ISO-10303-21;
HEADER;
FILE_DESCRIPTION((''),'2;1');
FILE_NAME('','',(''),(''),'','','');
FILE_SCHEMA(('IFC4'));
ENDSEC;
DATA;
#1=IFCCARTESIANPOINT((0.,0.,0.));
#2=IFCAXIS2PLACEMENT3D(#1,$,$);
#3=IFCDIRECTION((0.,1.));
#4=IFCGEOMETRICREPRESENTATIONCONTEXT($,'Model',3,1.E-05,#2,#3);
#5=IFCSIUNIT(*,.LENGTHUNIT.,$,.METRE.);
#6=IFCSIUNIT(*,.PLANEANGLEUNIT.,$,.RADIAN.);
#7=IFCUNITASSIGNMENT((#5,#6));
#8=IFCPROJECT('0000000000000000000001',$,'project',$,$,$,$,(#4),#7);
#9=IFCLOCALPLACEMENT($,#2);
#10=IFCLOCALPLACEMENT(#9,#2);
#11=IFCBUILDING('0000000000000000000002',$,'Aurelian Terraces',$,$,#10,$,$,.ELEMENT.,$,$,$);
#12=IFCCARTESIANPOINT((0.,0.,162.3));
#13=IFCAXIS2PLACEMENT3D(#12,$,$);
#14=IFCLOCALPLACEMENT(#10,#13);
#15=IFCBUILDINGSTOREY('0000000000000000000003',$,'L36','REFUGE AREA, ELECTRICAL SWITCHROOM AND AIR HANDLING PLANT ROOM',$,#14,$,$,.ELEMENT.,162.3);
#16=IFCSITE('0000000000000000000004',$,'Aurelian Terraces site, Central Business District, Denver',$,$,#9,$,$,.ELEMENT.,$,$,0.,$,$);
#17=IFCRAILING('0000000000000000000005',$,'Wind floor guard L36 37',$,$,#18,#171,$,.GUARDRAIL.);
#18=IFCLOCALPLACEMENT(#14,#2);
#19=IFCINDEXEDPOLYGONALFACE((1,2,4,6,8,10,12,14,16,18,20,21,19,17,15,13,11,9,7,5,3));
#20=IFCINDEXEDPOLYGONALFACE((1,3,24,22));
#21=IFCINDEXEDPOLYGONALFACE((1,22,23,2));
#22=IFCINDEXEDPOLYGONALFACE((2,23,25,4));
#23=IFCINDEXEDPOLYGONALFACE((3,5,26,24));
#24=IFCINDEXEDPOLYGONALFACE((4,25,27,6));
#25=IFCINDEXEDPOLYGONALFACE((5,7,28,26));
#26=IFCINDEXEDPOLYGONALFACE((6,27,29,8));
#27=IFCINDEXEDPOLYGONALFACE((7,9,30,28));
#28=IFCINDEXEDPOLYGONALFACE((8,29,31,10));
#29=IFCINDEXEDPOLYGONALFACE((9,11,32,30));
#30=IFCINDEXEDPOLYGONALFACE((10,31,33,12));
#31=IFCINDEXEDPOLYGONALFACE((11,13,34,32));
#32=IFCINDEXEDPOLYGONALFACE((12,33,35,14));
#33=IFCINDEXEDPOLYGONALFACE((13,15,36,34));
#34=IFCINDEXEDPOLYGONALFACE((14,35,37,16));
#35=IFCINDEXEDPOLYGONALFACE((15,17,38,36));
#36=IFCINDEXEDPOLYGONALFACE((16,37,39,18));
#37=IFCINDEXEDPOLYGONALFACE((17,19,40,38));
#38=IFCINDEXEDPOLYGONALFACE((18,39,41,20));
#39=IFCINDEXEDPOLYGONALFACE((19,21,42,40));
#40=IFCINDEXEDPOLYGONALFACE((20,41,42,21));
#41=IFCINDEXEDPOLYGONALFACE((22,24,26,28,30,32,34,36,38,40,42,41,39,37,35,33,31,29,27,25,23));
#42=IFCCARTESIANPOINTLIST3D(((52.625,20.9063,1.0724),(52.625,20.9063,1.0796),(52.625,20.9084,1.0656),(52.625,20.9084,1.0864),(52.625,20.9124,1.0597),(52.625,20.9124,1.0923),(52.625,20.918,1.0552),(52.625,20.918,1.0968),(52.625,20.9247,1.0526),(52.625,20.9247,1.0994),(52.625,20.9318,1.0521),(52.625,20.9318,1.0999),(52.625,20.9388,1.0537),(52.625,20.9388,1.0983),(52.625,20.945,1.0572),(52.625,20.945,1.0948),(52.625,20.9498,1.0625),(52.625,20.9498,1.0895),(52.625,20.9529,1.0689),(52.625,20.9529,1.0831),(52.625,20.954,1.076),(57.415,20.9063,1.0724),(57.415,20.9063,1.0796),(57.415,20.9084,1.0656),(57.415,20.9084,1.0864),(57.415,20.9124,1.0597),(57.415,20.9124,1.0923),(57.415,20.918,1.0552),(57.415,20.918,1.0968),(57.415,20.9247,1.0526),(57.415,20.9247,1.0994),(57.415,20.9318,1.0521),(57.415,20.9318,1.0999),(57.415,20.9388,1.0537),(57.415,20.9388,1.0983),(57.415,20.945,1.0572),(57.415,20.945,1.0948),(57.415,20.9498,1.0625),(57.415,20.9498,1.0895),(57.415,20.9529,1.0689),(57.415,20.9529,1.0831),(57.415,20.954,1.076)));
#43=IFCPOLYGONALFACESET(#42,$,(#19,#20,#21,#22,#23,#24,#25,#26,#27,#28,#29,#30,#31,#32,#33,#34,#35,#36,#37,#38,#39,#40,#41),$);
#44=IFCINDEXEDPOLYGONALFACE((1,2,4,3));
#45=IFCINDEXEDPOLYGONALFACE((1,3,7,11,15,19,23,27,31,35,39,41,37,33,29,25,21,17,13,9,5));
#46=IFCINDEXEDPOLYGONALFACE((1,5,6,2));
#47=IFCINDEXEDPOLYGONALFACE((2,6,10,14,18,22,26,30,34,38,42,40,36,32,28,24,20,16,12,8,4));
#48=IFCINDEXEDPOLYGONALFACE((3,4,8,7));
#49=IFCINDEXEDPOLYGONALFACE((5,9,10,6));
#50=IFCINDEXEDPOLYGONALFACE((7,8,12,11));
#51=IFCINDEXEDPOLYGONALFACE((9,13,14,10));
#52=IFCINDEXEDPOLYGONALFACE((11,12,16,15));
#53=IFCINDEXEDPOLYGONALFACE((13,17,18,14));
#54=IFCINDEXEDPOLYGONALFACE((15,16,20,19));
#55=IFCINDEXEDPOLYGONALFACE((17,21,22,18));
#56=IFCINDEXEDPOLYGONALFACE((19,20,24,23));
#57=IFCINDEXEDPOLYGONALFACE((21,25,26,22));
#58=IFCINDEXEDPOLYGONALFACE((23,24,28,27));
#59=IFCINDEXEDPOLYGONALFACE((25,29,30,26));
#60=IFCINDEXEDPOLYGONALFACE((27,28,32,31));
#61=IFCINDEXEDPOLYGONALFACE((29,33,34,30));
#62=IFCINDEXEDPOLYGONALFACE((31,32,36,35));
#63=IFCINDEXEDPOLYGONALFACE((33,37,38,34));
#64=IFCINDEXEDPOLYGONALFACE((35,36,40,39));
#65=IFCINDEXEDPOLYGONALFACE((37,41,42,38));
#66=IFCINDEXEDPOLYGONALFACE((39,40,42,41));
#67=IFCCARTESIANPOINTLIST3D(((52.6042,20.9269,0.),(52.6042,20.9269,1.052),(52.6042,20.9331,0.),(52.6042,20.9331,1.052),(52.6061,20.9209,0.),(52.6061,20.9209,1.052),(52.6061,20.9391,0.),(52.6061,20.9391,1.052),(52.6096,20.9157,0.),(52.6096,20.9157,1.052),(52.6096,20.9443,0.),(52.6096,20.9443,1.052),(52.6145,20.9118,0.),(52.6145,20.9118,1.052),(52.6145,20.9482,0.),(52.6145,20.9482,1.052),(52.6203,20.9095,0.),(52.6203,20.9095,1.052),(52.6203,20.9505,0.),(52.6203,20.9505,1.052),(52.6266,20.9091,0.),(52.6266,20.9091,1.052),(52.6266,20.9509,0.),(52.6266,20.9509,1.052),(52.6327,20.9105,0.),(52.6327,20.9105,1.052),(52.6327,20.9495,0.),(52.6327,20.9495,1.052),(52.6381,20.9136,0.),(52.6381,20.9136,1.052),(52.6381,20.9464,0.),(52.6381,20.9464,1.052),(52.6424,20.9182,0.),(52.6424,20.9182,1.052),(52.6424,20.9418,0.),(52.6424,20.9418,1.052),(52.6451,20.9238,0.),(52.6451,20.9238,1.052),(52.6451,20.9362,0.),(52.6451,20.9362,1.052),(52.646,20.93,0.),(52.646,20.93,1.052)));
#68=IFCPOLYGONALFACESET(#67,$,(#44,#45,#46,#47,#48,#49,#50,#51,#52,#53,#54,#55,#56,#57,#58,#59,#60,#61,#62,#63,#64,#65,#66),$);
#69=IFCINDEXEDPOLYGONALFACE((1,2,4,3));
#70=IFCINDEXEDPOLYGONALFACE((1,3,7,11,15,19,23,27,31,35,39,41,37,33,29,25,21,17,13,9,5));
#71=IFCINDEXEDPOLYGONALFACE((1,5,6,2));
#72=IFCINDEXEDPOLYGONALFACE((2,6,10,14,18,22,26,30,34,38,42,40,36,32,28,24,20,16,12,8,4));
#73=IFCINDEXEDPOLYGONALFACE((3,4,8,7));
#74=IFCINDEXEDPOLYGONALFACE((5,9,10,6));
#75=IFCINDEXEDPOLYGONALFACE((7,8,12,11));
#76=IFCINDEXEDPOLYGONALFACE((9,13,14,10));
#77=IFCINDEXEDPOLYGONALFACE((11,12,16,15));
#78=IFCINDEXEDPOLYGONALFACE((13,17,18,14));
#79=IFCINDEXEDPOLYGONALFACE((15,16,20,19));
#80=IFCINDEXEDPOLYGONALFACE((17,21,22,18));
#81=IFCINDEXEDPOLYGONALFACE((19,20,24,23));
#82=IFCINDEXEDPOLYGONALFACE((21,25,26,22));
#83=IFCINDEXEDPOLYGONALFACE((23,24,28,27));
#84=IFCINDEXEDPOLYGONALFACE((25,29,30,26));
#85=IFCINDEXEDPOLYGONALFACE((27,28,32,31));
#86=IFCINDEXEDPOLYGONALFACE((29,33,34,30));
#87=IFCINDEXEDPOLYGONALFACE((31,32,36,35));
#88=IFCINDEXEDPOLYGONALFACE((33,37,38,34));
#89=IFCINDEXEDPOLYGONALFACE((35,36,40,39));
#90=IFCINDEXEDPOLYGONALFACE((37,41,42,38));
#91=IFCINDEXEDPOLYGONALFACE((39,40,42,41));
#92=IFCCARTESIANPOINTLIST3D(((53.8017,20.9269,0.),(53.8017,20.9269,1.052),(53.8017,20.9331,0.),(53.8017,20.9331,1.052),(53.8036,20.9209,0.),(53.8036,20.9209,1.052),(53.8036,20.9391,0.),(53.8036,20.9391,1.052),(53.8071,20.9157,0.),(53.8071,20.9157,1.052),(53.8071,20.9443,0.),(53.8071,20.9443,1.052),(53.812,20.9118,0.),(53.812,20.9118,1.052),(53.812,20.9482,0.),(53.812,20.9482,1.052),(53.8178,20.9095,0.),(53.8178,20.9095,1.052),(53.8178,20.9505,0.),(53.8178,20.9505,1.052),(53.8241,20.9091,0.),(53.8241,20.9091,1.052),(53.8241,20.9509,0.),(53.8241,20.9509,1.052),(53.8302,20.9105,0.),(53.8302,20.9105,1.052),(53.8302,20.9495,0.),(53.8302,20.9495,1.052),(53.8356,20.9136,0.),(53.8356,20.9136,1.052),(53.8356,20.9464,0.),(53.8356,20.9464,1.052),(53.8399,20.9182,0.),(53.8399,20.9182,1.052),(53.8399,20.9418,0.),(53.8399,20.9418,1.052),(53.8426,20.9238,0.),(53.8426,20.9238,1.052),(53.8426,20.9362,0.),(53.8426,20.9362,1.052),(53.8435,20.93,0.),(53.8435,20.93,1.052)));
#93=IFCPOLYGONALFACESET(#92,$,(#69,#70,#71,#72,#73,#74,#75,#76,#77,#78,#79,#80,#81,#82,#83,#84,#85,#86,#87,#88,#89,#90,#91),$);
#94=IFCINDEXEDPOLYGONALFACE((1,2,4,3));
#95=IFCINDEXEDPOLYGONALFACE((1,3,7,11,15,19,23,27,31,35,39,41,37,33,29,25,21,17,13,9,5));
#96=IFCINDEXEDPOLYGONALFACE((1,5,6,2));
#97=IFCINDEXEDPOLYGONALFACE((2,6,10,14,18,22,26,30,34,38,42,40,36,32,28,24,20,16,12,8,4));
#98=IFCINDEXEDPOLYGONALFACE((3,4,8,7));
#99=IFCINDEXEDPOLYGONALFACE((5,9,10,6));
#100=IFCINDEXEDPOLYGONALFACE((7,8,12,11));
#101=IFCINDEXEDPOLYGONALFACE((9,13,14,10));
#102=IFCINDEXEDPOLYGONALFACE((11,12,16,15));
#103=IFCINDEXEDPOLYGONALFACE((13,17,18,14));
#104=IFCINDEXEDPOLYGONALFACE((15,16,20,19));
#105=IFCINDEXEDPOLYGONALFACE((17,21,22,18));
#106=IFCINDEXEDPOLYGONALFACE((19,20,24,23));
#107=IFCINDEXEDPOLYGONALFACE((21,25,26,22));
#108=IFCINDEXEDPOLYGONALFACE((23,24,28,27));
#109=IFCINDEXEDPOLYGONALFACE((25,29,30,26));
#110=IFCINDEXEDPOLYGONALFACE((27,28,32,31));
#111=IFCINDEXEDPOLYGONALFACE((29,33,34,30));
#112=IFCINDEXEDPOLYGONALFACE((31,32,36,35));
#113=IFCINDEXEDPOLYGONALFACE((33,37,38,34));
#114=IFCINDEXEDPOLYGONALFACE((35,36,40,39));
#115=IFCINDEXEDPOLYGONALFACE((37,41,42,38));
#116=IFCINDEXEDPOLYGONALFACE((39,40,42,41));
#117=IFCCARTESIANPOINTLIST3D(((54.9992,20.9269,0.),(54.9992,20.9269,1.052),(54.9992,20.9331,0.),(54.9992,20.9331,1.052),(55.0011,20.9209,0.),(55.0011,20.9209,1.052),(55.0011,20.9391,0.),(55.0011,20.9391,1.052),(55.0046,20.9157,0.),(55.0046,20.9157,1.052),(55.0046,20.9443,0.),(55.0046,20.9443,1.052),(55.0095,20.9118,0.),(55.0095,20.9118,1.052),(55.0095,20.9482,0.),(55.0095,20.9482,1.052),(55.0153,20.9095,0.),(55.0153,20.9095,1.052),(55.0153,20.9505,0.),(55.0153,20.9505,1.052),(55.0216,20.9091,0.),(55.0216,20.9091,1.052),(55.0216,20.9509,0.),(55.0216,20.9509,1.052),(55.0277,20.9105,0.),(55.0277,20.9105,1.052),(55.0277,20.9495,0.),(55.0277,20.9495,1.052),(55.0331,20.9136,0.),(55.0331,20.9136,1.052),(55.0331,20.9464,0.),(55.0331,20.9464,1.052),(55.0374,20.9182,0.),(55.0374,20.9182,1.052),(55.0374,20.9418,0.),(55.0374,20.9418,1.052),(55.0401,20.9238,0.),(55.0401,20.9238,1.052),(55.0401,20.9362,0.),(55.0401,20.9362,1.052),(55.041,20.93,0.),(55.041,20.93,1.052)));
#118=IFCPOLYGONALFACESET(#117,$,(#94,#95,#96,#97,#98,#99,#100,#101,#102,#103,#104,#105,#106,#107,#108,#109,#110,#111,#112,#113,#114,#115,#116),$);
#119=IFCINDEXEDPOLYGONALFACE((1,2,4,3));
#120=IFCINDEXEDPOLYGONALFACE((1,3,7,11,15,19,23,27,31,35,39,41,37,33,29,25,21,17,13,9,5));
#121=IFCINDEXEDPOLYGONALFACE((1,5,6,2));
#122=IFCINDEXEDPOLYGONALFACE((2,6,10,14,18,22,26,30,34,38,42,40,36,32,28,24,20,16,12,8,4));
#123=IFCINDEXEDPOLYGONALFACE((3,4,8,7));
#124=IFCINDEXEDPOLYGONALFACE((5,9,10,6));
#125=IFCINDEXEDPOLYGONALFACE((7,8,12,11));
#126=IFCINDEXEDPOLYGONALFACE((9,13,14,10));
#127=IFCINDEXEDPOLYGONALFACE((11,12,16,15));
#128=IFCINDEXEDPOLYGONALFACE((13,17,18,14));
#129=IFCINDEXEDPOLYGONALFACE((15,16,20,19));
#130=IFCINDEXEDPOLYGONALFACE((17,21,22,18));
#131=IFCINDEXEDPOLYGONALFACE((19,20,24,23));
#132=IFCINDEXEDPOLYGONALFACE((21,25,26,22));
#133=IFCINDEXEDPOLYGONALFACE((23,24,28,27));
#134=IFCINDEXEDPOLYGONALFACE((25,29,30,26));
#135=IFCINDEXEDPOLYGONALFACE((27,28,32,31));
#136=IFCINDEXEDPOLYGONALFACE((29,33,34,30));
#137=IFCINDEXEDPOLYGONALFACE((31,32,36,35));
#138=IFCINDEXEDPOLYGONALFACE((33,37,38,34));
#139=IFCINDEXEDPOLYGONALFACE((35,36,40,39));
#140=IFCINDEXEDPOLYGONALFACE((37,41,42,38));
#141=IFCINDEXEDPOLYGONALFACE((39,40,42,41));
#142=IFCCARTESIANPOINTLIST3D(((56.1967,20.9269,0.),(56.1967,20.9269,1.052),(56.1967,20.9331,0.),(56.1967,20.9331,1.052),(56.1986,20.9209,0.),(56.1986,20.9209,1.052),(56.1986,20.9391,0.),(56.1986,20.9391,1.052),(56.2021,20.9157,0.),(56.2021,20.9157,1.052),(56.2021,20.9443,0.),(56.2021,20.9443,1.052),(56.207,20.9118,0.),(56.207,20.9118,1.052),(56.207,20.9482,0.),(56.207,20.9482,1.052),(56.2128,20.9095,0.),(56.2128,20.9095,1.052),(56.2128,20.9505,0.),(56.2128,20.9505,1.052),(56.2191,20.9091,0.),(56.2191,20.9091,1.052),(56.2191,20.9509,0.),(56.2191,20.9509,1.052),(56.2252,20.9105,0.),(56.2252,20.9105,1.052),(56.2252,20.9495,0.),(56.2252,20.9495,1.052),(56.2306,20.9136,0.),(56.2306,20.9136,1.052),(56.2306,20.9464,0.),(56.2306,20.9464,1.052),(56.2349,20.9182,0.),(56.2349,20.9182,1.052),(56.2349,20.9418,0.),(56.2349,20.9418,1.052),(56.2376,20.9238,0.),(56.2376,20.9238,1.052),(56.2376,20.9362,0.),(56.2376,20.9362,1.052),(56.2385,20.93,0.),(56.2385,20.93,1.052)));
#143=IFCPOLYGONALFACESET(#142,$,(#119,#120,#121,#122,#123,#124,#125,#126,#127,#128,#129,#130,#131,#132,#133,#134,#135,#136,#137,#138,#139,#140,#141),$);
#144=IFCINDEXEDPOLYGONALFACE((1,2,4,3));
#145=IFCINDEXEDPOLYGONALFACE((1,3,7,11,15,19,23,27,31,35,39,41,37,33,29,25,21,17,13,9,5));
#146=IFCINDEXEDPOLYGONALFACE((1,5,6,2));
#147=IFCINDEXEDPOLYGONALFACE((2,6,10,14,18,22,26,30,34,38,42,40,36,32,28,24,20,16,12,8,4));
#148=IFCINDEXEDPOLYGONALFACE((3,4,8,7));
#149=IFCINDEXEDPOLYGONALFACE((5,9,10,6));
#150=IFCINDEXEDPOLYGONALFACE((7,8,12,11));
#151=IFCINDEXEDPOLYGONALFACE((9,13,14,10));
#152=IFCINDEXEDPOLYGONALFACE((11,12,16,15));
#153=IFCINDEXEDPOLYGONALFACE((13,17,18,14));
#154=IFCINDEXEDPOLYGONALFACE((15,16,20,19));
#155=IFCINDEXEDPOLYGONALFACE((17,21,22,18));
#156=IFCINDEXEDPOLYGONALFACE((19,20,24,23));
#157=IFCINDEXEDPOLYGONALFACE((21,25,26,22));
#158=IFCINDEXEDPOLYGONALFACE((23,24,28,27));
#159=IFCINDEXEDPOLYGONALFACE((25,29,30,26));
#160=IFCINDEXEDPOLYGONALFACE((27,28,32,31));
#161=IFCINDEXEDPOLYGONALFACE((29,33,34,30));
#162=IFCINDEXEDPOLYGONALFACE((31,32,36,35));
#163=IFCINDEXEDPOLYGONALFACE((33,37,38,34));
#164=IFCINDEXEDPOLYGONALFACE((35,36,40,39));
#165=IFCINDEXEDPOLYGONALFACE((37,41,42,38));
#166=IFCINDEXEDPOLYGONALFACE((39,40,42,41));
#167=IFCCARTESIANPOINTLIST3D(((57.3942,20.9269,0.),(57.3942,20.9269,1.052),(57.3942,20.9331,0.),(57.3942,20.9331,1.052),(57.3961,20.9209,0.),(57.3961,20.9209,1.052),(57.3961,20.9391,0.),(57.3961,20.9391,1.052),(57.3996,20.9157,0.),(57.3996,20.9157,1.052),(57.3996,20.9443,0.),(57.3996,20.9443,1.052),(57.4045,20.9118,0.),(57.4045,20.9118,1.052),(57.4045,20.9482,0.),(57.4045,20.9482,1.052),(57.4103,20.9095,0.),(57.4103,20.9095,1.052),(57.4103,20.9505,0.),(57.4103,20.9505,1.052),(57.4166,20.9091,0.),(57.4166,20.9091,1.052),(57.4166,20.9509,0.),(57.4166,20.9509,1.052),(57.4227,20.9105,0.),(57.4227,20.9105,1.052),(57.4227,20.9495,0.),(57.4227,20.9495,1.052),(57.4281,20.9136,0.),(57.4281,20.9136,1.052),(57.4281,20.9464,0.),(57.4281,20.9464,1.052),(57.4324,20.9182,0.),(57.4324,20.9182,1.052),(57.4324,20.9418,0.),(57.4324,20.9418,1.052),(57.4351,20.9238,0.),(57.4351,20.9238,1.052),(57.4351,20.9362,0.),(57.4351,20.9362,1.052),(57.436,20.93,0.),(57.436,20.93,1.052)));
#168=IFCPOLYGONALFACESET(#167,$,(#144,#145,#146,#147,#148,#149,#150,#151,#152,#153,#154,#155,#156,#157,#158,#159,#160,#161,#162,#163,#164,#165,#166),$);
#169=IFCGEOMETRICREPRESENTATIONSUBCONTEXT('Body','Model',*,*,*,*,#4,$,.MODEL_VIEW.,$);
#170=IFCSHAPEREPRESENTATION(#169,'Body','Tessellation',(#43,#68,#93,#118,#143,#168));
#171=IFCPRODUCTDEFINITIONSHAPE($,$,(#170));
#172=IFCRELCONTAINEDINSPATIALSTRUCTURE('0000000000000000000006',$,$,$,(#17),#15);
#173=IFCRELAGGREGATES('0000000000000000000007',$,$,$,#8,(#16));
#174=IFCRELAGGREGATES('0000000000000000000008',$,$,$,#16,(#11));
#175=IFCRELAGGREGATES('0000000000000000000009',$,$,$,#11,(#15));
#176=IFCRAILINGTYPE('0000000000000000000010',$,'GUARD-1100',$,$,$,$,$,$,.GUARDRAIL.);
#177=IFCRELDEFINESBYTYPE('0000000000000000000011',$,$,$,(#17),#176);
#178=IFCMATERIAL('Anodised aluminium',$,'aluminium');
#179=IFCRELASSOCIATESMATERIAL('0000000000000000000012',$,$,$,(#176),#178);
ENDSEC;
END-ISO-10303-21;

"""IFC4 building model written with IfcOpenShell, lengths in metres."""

from ifc_helpers import new_model, si_unit, direction, frame, origin, origin_2d, place, context, subcontext, project, spatial, circle, extrude, source, transform, mapped, material, type_object, element, save


model = new_model("IFC4")

# Units and contexts
model_context = context("Model", 3, precision=1e-05, world=origin(), true_north=direction((0.0, 1.0)))
body_context = subcontext(model_context, "Body", "Model", "MODEL_VIEW")
ifc_project = project(units=[si_unit("LENGTHUNIT", "METRE"), si_unit("PLANEANGLEUNIT", "RADIAN")], contexts=[model_context])

# Site, building, storey
site_placement = place(None, origin())
site = spatial("IfcSite", under=ifc_project, at=site_placement, Name="Aurelian Terraces site, Central Business District, Denver", CompositionType="ELEMENT", RefElevation=0.0)
building_placement = place(site_placement, origin())
building = spatial("IfcBuilding", under=site, at=building_placement, Name="Aurelian Terraces", CompositionType="ELEMENT")
storey_placement = place(building_placement, frame((0.0, 0.0, 162.3)))
storey = spatial("IfcBuildingStorey", under=building, at=storey_placement, Name="L36", Description="REFUGE AREA, ELECTRICAL SWITCHROOM AND AIR HANDLING PLANT ROOM", CompositionType="ELEMENT", Elevation=162.3)

# Railing
ifc_material_1 = material(Name="Anodised aluminium", Category="aluminium")
railing_type = type_object("IfcRailingType", Name="GUARD-1100", PredefinedType="GUARDRAIL", material=ifc_material_1)
shared_shape_1 = source(origin(), body_context, "Body", "SweptSolid", [
    extrude(circle(Radius=0.024, at=origin_2d()), frame((0.0, 0.0, 1.076), z_axis=(1.0, 0.0, 0.0), x_axis=(0.0, 1.0, 0.0)), (0.0, 0.0, 1.0), 4.79),
    extrude(circle(Radius=0.021, at=origin_2d()), origin(), (0.0, 0.0, 1.0), 1.052),
    extrude(circle(Radius=0.021, at=origin_2d()), frame((1.1975, 0.0, 0.0)), (0.0, 0.0, 1.0), 1.052),
    extrude(circle(Radius=0.021, at=origin_2d()), frame((2.395, 0.0, 0.0)), (0.0, 0.0, 1.0), 1.052),
    extrude(circle(Radius=0.021, at=origin_2d()), frame((3.5925, 0.0, 0.0)), (0.0, 0.0, 1.0), 1.052),
    extrude(circle(Radius=0.021, at=origin_2d()), frame((4.79, 0.0, 0.0)), (0.0, 0.0, 1.0), 1.052),
])
for number, where, name in (
    (1, (52.625, 20.93, 0.0), "Wind floor guard L36 37"),
):
    element("IfcRailing", number, at=place(storey_placement, frame(where)), inside=storey, type_object=railing_type, Name=name, PredefinedType="GUARDRAIL", context=body_context, shape_type="MappedRepresentation", body=[
        mapped(shared_shape_1, transform((0.0, 0.0, 0.0), scale=1.0)),
    ])

save(model, "model.ifc")
